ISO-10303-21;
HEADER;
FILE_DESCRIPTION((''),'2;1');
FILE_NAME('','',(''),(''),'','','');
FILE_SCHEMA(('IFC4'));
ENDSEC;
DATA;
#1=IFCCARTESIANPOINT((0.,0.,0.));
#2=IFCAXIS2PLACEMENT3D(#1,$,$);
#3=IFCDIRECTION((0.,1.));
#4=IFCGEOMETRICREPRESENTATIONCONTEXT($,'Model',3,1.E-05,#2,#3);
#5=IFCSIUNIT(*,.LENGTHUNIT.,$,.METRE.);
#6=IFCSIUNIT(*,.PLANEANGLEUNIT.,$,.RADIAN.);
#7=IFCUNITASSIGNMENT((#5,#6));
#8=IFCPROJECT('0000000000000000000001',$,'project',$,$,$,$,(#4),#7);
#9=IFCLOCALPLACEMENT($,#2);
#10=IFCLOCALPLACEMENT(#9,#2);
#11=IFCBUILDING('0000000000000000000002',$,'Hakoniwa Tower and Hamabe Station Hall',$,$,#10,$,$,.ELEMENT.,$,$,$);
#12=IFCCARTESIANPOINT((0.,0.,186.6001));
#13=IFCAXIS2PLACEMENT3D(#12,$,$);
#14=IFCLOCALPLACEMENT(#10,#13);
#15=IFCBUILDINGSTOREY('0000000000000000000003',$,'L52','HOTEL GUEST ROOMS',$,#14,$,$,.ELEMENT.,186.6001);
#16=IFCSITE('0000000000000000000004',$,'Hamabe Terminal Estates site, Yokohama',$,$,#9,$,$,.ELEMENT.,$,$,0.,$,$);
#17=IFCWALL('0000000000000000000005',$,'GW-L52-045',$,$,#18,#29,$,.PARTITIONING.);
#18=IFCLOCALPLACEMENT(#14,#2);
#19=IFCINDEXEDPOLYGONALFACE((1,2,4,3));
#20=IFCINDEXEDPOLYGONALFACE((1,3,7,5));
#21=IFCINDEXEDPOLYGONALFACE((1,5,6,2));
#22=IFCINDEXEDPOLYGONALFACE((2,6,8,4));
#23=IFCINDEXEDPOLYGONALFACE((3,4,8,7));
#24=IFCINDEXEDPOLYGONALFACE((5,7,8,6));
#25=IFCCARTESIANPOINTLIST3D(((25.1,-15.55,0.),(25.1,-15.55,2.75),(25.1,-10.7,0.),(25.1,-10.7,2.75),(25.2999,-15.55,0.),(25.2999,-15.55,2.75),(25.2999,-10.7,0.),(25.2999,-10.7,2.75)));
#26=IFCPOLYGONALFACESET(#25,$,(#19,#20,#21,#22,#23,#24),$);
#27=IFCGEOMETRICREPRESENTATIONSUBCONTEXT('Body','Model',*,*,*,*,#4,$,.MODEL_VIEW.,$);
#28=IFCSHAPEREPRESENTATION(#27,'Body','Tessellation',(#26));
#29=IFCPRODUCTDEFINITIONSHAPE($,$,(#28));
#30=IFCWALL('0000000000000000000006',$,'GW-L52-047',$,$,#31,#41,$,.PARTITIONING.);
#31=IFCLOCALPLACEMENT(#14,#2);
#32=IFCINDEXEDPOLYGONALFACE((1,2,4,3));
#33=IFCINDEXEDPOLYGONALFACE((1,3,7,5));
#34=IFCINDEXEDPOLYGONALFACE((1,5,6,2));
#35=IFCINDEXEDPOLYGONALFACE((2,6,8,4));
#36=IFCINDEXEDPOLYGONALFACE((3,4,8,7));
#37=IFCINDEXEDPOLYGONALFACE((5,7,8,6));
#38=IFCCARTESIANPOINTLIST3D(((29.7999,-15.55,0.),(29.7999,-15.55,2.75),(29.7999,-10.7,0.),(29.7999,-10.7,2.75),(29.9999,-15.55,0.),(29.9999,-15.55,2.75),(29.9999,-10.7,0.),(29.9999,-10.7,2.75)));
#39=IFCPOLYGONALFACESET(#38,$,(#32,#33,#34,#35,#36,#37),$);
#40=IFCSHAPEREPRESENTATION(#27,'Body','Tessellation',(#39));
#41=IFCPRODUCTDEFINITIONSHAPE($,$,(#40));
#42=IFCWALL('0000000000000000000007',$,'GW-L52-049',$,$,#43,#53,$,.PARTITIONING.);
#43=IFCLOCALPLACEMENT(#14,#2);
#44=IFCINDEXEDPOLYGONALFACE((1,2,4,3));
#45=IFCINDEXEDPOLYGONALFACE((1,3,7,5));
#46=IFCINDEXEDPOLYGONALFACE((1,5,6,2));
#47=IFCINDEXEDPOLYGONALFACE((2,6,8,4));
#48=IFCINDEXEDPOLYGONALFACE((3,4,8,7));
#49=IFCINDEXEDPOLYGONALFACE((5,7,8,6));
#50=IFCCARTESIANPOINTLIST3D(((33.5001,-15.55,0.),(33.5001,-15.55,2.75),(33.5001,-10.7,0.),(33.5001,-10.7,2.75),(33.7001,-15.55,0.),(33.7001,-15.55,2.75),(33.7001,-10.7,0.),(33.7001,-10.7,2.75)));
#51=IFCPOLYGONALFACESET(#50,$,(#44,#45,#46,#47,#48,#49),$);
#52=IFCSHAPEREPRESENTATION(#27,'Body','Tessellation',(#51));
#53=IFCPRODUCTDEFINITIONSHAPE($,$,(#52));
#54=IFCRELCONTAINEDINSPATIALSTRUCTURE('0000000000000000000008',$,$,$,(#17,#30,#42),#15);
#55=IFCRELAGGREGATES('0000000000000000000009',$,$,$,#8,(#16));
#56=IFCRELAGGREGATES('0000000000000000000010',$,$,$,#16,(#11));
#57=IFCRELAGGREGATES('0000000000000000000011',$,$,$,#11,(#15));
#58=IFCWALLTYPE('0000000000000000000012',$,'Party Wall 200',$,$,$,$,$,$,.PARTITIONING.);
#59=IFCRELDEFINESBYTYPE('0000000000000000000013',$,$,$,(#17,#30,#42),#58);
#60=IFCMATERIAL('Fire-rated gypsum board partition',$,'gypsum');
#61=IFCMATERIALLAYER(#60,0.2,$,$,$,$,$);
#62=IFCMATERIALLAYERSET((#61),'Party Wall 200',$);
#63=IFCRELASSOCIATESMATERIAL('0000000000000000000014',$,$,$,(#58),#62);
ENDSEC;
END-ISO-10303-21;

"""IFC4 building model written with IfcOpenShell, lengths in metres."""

from ifc_helpers import new_model, si_unit, direction, frame, frame_2d, origin, place, context, subcontext, project, spatial, rectangle, extrude, material, layer, layer_set, type_object, element, save


model = new_model("IFC4")

# Units and contexts
model_context = context("Model", 3, precision=1e-05, world=origin(), true_north=direction((0.0, 1.0)))
body_context = subcontext(model_context, "Body", "Model", "MODEL_VIEW")
ifc_project = project(units=[si_unit("LENGTHUNIT", "METRE"), si_unit("PLANEANGLEUNIT", "RADIAN")], contexts=[model_context])

# Site, building, storey
site_placement = place(None, origin())
site = spatial("IfcSite", under=ifc_project, at=site_placement, Name="Hamabe Terminal Estates site, Yokohama", CompositionType="ELEMENT", RefElevation=0.0)
building_placement = place(site_placement, origin())
building = spatial("IfcBuilding", under=site, at=building_placement, Name="Hakoniwa Tower and Hamabe Station Hall", CompositionType="ELEMENT")
storey_placement = place(building_placement, frame((0.0, 0.0, 186.6001)))
storey = spatial("IfcBuildingStorey", under=building, at=storey_placement, Name="L52", Description="HOTEL GUEST ROOMS", CompositionType="ELEMENT", Elevation=186.6001)

# Walls
ifc_material_1 = material(Name="Fire-rated gypsum board partition", Category="gypsum")
ifc_layer_1 = layer(ifc_material_1, 0.2)
ifc_layer_set_1 = layer_set([ifc_layer_1], Name="Party Wall 200")
wall_type_1 = type_object("IfcWallType", Name="Party Wall 200", PredefinedType="PARTITIONING", material=ifc_layer_set_1)
for number, where, z_axis, x_axis, name in (
    (1, (25.2, -15.55, 0.0), (0.0, 0.0, 1.0), (0.0, 1.0, 0.0), "GW-L52-045"),
    (2, (29.8999, -15.55, 0.0), (0.0, 0.0, 1.0), (0.0, 1.0, 0.0), "GW-L52-047"),
    (3, (33.6001, -15.55, 0.0), (0.0, 0.0, 1.0), (0.0, 1.0, 0.0), "GW-L52-049"),
):
    element("IfcWall", number, at=place(storey_placement, frame(where, z_axis=z_axis, x_axis=x_axis)), inside=storey, type_object=wall_type_1, Name=name, PredefinedType="PARTITIONING", context=body_context, shape_type="SweptSolid", body=[
        extrude(rectangle(XDim=4.8501, YDim=0.2, at=frame_2d((2.425, 0.0))), origin(), (0.0, 0.0, 1.0), 2.75),
    ])

save(model, "model.ifc")
